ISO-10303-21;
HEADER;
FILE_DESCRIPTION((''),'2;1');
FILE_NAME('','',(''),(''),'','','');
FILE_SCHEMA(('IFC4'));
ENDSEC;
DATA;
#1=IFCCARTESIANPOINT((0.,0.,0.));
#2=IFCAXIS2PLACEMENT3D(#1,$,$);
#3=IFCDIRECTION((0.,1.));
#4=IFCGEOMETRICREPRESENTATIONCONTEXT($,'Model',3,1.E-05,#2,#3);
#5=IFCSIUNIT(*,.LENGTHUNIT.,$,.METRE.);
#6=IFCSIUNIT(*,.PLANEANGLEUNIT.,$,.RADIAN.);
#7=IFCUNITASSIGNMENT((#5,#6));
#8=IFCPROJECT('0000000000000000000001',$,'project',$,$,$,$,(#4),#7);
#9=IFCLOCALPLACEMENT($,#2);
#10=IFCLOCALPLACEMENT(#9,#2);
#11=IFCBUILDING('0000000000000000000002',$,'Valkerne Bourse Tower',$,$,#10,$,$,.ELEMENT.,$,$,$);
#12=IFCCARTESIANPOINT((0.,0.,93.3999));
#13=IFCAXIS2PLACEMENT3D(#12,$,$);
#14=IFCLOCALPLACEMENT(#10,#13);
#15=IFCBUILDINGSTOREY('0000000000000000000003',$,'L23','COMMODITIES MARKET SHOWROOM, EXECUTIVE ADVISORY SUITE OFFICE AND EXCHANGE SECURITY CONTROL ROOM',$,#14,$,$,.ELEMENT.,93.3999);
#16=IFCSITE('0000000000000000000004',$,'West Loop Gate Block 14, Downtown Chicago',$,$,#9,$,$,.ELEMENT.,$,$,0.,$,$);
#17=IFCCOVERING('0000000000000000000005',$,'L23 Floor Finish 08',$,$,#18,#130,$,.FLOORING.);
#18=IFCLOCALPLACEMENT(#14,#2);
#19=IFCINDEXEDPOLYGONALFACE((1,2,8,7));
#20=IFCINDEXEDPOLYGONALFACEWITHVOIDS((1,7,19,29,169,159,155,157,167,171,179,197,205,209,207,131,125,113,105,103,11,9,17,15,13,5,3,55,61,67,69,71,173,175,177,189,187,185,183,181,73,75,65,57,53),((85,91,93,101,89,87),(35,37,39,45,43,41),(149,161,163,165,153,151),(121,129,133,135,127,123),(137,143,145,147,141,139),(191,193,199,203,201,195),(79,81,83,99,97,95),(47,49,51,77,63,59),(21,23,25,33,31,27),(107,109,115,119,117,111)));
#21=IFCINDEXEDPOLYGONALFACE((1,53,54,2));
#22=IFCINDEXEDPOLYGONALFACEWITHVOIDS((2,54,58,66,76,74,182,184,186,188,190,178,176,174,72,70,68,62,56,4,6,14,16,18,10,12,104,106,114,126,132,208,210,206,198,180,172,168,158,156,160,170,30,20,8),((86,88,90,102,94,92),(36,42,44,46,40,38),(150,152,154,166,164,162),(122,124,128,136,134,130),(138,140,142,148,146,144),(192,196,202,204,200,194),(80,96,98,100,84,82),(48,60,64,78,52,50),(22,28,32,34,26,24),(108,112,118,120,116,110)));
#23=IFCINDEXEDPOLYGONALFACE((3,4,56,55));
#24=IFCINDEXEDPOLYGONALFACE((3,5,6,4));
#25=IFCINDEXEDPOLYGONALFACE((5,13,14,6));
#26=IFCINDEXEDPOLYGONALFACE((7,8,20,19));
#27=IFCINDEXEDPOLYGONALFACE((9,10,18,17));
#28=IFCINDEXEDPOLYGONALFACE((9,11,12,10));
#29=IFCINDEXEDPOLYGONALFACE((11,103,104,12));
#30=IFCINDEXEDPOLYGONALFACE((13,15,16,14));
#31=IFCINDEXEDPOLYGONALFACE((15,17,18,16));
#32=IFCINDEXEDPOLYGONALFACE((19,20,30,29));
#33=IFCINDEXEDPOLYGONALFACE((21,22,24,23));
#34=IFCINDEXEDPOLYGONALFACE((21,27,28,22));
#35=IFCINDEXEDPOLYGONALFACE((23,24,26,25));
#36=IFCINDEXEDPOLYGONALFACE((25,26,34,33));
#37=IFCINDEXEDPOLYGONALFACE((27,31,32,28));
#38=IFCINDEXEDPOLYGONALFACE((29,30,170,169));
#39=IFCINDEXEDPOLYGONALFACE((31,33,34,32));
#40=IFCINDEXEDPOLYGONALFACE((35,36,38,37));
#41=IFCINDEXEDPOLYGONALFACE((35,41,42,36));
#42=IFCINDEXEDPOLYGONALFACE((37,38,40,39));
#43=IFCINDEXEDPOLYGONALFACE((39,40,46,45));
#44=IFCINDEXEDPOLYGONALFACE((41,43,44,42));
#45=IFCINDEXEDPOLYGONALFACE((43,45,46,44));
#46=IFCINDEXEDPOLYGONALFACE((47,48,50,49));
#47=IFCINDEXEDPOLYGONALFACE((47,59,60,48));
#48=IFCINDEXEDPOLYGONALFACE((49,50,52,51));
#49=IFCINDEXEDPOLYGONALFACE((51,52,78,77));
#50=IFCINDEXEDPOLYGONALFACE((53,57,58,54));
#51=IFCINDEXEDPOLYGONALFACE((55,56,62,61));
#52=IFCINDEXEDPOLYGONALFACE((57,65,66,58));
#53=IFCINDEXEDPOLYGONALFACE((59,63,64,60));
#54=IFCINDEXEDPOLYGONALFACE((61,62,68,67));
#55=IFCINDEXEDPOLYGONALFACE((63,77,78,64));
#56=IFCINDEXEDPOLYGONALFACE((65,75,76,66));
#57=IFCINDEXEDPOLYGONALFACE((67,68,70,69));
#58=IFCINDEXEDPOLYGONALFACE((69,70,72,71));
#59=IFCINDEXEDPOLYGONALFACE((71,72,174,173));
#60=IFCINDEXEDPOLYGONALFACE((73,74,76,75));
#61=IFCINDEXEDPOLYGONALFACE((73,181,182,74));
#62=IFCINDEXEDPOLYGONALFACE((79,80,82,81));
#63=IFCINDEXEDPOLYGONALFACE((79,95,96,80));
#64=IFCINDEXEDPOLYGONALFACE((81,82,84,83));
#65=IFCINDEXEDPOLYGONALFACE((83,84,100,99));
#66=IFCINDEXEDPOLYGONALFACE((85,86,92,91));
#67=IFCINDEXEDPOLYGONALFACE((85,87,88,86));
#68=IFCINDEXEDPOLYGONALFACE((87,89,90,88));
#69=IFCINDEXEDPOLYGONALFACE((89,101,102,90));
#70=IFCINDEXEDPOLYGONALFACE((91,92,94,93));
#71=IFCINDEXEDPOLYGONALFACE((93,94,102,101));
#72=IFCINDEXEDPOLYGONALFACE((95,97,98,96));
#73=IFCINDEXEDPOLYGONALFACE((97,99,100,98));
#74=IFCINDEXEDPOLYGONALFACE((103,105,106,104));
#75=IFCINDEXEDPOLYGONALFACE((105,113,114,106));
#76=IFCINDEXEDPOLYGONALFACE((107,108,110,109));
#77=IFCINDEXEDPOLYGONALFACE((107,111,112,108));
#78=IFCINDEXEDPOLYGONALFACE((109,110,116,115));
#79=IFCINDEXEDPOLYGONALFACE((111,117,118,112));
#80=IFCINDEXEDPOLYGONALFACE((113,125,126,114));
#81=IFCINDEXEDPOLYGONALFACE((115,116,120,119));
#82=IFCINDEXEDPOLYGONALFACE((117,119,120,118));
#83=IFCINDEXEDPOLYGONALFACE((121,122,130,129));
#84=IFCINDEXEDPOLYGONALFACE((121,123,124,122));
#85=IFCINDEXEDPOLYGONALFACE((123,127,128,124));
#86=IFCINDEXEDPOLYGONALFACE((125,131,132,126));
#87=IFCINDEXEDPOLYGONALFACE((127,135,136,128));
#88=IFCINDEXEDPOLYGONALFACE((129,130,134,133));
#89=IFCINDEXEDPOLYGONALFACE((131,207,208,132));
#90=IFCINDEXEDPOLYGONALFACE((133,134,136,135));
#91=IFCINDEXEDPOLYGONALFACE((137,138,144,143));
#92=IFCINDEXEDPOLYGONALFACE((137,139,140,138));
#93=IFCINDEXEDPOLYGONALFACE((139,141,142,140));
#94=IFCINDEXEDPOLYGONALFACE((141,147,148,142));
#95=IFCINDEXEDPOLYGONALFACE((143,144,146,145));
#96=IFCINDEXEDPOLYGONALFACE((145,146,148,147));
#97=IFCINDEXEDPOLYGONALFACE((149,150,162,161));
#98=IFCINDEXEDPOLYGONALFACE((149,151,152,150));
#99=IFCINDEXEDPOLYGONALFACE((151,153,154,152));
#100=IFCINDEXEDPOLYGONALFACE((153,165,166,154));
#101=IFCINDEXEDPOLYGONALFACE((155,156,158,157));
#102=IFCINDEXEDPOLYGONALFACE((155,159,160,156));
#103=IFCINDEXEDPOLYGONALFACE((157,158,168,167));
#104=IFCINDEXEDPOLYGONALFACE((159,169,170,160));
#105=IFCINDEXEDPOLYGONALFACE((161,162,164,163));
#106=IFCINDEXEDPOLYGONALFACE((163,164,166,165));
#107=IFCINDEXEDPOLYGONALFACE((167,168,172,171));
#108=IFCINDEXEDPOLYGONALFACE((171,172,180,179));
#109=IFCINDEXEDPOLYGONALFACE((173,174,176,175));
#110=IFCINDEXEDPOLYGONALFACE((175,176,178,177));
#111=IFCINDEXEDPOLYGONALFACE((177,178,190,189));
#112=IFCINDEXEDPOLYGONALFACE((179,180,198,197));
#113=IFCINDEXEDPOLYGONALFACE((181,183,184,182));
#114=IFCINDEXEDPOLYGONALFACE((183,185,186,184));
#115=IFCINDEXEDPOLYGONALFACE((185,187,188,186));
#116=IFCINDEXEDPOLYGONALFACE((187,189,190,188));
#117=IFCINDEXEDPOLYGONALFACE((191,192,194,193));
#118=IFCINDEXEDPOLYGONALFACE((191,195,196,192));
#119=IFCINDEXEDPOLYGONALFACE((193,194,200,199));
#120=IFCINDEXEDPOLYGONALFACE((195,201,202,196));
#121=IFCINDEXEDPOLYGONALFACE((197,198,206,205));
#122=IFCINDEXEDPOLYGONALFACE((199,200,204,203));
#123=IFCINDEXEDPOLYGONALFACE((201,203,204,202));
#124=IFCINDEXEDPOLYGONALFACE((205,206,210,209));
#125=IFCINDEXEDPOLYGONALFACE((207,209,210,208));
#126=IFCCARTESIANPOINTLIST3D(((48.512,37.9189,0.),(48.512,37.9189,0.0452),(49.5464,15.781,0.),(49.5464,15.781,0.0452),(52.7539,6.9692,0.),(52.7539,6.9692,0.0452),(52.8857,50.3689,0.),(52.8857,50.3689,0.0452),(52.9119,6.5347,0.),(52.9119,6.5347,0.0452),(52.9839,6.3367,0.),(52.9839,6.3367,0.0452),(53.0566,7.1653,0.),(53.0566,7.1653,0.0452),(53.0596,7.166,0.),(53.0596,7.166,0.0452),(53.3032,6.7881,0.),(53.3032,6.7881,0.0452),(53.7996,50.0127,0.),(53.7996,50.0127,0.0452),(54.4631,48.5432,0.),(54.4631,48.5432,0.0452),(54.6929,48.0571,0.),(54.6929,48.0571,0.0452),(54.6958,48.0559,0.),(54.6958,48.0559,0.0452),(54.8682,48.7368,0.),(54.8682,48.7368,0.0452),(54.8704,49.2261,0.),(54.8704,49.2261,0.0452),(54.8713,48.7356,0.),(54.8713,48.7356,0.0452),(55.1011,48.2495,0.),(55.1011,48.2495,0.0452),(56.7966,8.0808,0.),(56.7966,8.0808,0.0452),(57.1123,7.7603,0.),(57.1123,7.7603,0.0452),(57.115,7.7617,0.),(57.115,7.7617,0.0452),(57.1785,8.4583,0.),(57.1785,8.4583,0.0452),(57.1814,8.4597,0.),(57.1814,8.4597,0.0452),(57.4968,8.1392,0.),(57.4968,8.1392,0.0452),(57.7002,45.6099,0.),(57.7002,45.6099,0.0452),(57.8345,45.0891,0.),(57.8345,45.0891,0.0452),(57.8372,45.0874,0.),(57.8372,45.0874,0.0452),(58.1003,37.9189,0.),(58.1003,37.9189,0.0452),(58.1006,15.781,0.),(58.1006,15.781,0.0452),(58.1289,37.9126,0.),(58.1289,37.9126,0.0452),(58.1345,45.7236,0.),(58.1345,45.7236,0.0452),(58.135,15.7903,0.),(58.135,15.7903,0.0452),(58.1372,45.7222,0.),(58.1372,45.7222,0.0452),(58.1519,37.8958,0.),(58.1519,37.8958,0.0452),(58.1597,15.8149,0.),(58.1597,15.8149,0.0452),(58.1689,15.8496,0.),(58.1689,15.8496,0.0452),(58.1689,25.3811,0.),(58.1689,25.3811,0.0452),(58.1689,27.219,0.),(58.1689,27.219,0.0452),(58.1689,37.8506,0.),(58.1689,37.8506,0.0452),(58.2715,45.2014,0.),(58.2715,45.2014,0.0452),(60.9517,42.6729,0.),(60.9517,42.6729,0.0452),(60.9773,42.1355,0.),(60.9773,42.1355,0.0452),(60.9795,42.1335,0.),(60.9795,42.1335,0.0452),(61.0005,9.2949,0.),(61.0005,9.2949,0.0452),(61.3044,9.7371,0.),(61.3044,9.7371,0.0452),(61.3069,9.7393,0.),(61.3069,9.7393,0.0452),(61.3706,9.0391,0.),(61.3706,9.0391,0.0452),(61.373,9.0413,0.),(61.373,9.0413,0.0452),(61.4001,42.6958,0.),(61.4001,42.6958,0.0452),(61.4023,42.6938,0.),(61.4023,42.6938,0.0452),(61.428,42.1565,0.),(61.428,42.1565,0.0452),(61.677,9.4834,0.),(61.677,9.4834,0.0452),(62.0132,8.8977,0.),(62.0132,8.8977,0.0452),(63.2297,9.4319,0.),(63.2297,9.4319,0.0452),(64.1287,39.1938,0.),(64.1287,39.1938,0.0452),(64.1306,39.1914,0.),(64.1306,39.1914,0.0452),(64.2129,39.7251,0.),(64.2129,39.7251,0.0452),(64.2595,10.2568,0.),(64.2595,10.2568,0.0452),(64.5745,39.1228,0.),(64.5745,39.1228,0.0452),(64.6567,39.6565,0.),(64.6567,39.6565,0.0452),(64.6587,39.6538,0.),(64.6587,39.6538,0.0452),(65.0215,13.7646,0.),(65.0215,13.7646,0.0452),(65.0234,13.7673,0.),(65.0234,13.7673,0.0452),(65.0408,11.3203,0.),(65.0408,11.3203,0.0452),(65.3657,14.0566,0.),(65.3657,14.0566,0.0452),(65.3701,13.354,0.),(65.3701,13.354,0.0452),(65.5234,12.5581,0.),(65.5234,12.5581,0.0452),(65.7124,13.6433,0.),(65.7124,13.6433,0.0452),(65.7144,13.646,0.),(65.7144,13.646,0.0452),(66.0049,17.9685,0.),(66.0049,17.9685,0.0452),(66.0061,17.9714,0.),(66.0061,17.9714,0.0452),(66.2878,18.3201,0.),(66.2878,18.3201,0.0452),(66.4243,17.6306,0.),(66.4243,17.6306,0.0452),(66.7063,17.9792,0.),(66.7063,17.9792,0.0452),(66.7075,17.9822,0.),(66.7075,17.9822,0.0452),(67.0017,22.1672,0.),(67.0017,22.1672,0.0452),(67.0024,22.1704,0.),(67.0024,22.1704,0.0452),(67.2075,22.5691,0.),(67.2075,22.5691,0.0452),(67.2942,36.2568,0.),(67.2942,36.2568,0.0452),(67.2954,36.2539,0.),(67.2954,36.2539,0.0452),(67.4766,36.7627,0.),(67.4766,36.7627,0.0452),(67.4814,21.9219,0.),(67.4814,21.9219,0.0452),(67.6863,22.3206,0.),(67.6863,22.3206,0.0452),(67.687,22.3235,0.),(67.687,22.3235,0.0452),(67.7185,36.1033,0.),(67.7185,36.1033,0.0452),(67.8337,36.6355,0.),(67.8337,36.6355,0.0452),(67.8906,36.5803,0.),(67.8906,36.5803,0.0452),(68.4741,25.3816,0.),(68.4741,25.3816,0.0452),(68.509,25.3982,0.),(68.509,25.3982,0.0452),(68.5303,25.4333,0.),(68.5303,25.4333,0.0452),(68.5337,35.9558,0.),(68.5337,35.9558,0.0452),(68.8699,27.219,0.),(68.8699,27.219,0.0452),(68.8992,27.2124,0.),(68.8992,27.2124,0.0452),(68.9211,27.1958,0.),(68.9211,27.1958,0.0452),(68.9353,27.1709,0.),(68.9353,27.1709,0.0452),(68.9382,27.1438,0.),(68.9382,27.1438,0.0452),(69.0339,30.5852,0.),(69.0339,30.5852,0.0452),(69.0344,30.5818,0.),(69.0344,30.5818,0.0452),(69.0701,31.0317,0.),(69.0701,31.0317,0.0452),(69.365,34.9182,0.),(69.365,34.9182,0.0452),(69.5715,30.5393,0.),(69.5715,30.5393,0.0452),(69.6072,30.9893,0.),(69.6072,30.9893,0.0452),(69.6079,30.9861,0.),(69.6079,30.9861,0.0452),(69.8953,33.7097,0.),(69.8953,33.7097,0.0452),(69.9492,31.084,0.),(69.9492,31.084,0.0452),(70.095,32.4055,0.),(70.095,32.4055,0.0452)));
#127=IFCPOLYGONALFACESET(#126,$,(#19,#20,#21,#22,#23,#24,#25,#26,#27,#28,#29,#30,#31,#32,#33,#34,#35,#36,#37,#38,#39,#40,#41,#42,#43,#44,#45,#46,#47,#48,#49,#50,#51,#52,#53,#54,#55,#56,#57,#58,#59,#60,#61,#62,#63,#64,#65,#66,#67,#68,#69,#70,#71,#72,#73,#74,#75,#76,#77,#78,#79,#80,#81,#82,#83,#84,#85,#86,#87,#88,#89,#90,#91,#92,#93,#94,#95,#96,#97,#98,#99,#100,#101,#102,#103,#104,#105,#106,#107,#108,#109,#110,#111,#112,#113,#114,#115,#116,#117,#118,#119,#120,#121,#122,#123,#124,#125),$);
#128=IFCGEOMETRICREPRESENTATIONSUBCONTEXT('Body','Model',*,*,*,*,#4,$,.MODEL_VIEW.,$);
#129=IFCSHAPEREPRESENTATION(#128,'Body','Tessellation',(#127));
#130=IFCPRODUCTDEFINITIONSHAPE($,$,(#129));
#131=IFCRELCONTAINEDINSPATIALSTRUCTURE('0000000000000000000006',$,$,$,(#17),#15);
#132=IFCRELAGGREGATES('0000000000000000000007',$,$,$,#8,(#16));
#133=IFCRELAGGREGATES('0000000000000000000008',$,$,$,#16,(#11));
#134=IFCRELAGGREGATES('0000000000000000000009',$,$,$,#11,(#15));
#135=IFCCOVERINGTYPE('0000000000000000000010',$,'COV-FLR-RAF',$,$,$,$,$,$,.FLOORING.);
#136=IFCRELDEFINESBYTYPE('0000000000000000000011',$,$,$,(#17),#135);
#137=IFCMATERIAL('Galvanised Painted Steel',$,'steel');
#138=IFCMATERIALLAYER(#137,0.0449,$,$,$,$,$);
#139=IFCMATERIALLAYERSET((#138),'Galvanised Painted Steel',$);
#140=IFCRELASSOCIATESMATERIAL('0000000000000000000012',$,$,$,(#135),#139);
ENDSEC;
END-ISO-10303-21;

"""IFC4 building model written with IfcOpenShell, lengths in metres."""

from ifc_helpers import new_model, si_unit, direction, frame, origin, place, context, subcontext, project, spatial, polyline, outline, extrude, material, layer, layer_set, type_object, element, save


model = new_model("IFC4")

# Units and contexts
model_context = context("Model", 3, precision=1e-05, world=origin(), true_north=direction((0.0, 1.0)))
body_context = subcontext(model_context, "Body", "Model", "MODEL_VIEW")
ifc_project = project(units=[si_unit("LENGTHUNIT", "METRE"), si_unit("PLANEANGLEUNIT", "RADIAN")], contexts=[model_context])

# Site, building, storey
site_placement = place(None, origin())
site = spatial("IfcSite", under=ifc_project, at=site_placement, Name="West Loop Gate Block 14, Downtown Chicago", CompositionType="ELEMENT", RefElevation=0.0)
building_placement = place(site_placement, origin())
building = spatial("IfcBuilding", under=site, at=building_placement, Name="Valkerne Bourse Tower", CompositionType="ELEMENT")
storey_placement = place(building_placement, frame((0.0, 0.0, 93.3999)))
storey = spatial("IfcBuildingStorey", under=building, at=storey_placement, Name="L23", Description="COMMODITIES MARKET SHOWROOM, EXECUTIVE ADVISORY SUITE OFFICE AND EXCHANGE SECURITY CONTROL ROOM", CompositionType="ELEMENT", Elevation=93.3999)

# Covering
ifc_material_1 = material(Name="Galvanised Painted Steel", Category="steel")
ifc_layer_1 = layer(ifc_material_1, 0.0449)
ifc_layer_set_1 = layer_set([ifc_layer_1], Name="Galvanised Painted Steel")
covering_type_1 = type_object("IfcCoveringType", Name="COV-FLR-RAF", PredefinedType="FLOORING", material=ifc_layer_set_1)
covering_1_placement = place(storey_placement, origin())
element("IfcCovering", 1, at=covering_1_placement, inside=storey, type_object=covering_type_1, Name="L23 Floor Finish 08", PredefinedType="FLOORING", context=body_context, shape_type="SweptSolid", body=[
    extrude(outline(polyline([(63.2297, 9.4319), (62.0132, 8.8977), (52.9839, 6.3367), (52.9119, 6.5347), (53.3032, 6.7881), (53.0596, 7.166), (53.0566, 7.1653), (52.7539, 6.9692), (49.5464, 15.781), (58.1006, 15.781), (58.135, 15.7903), (58.1597, 15.8149), (58.1689, 15.8496), (58.1689, 25.3811), (68.4741, 25.3816), (68.509, 25.3982), (68.5303, 25.4333), (68.9382, 27.1438), (68.9353, 27.1709), (68.9211, 27.1958), (68.8992, 27.2124), (68.8699, 27.219), (58.1689, 27.219), (58.1689, 37.8506), (58.1519, 37.8958), (58.1289, 37.9126), (58.1003, 37.9189), (48.512, 37.9189), (52.8857, 50.3689), (53.7996, 50.0127), (54.8704, 49.2261), (67.8337, 36.6355), (67.4766, 36.7627), (67.2942, 36.2568), (67.2954, 36.2539), (67.7185, 36.1033), (67.8906, 36.5803), (68.5337, 35.9558), (69.365, 34.9182), (69.8953, 33.7097), (70.095, 32.4055), (69.9492, 31.084), (65.5234, 12.5581), (65.0408, 11.3203), (64.2595, 10.2568), (63.2297, 9.4319)]), holes=[polyline([(54.8713, 48.7356), (54.8682, 48.7368), (54.4631, 48.5432), (54.6929, 48.0571), (54.6958, 48.0559), (55.1011, 48.2495), (54.8713, 48.7356)]), polyline([(57.115, 7.7617), (57.4968, 8.1392), (57.1814, 8.4597), (57.1785, 8.4583), (56.7966, 8.0808), (57.1123, 7.7603), (57.115, 7.7617)]), polyline([(61.373, 9.0413), (61.677, 9.4834), (61.3069, 9.7393), (61.3044, 9.7371), (61.0005, 9.2949), (61.3706, 9.0391), (61.373, 9.0413)]), polyline([(65.7144, 13.646), (65.3657, 14.0566), (65.0234, 13.7673), (65.0215, 13.7646), (65.3701, 13.354), (65.7124, 13.6433), (65.7144, 13.646)]), polyline([(66.7075, 17.9822), (66.2878, 18.3201), (66.0061, 17.9714), (66.0049, 17.9685), (66.4243, 17.6306), (66.7063, 17.9792), (66.7075, 17.9822)]), polyline([(67.687, 22.3235), (67.2075, 22.5691), (67.0024, 22.1704), (67.0017, 22.1672), (67.4814, 21.9219), (67.6863, 22.3206), (67.687, 22.3235)]), polyline([(69.6072, 30.9893), (69.0701, 31.0317), (69.0339, 30.5852), (69.0344, 30.5818), (69.5715, 30.5393), (69.6079, 30.9861), (69.6072, 30.9893)]), polyline([(64.6587, 39.6538), (64.6567, 39.6565), (64.2129, 39.7251), (64.1287, 39.1938), (64.1306, 39.1914), (64.5745, 39.1228), (64.6587, 39.6538)]), polyline([(61.4023, 42.6938), (61.4001, 42.6958), (60.9517, 42.6729), (60.9773, 42.1355), (60.9795, 42.1335), (61.428, 42.1565), (61.4023, 42.6938)]), polyline([(58.2715, 45.2014), (58.1372, 45.7222), (58.1345, 45.7236), (57.7002, 45.6099), (57.8345, 45.0891), (57.8372, 45.0874), (58.2715, 45.2014)])]), origin(), (0.0, 0.0, 1.0), 0.0452),
])

save(model, "model.ifc")
